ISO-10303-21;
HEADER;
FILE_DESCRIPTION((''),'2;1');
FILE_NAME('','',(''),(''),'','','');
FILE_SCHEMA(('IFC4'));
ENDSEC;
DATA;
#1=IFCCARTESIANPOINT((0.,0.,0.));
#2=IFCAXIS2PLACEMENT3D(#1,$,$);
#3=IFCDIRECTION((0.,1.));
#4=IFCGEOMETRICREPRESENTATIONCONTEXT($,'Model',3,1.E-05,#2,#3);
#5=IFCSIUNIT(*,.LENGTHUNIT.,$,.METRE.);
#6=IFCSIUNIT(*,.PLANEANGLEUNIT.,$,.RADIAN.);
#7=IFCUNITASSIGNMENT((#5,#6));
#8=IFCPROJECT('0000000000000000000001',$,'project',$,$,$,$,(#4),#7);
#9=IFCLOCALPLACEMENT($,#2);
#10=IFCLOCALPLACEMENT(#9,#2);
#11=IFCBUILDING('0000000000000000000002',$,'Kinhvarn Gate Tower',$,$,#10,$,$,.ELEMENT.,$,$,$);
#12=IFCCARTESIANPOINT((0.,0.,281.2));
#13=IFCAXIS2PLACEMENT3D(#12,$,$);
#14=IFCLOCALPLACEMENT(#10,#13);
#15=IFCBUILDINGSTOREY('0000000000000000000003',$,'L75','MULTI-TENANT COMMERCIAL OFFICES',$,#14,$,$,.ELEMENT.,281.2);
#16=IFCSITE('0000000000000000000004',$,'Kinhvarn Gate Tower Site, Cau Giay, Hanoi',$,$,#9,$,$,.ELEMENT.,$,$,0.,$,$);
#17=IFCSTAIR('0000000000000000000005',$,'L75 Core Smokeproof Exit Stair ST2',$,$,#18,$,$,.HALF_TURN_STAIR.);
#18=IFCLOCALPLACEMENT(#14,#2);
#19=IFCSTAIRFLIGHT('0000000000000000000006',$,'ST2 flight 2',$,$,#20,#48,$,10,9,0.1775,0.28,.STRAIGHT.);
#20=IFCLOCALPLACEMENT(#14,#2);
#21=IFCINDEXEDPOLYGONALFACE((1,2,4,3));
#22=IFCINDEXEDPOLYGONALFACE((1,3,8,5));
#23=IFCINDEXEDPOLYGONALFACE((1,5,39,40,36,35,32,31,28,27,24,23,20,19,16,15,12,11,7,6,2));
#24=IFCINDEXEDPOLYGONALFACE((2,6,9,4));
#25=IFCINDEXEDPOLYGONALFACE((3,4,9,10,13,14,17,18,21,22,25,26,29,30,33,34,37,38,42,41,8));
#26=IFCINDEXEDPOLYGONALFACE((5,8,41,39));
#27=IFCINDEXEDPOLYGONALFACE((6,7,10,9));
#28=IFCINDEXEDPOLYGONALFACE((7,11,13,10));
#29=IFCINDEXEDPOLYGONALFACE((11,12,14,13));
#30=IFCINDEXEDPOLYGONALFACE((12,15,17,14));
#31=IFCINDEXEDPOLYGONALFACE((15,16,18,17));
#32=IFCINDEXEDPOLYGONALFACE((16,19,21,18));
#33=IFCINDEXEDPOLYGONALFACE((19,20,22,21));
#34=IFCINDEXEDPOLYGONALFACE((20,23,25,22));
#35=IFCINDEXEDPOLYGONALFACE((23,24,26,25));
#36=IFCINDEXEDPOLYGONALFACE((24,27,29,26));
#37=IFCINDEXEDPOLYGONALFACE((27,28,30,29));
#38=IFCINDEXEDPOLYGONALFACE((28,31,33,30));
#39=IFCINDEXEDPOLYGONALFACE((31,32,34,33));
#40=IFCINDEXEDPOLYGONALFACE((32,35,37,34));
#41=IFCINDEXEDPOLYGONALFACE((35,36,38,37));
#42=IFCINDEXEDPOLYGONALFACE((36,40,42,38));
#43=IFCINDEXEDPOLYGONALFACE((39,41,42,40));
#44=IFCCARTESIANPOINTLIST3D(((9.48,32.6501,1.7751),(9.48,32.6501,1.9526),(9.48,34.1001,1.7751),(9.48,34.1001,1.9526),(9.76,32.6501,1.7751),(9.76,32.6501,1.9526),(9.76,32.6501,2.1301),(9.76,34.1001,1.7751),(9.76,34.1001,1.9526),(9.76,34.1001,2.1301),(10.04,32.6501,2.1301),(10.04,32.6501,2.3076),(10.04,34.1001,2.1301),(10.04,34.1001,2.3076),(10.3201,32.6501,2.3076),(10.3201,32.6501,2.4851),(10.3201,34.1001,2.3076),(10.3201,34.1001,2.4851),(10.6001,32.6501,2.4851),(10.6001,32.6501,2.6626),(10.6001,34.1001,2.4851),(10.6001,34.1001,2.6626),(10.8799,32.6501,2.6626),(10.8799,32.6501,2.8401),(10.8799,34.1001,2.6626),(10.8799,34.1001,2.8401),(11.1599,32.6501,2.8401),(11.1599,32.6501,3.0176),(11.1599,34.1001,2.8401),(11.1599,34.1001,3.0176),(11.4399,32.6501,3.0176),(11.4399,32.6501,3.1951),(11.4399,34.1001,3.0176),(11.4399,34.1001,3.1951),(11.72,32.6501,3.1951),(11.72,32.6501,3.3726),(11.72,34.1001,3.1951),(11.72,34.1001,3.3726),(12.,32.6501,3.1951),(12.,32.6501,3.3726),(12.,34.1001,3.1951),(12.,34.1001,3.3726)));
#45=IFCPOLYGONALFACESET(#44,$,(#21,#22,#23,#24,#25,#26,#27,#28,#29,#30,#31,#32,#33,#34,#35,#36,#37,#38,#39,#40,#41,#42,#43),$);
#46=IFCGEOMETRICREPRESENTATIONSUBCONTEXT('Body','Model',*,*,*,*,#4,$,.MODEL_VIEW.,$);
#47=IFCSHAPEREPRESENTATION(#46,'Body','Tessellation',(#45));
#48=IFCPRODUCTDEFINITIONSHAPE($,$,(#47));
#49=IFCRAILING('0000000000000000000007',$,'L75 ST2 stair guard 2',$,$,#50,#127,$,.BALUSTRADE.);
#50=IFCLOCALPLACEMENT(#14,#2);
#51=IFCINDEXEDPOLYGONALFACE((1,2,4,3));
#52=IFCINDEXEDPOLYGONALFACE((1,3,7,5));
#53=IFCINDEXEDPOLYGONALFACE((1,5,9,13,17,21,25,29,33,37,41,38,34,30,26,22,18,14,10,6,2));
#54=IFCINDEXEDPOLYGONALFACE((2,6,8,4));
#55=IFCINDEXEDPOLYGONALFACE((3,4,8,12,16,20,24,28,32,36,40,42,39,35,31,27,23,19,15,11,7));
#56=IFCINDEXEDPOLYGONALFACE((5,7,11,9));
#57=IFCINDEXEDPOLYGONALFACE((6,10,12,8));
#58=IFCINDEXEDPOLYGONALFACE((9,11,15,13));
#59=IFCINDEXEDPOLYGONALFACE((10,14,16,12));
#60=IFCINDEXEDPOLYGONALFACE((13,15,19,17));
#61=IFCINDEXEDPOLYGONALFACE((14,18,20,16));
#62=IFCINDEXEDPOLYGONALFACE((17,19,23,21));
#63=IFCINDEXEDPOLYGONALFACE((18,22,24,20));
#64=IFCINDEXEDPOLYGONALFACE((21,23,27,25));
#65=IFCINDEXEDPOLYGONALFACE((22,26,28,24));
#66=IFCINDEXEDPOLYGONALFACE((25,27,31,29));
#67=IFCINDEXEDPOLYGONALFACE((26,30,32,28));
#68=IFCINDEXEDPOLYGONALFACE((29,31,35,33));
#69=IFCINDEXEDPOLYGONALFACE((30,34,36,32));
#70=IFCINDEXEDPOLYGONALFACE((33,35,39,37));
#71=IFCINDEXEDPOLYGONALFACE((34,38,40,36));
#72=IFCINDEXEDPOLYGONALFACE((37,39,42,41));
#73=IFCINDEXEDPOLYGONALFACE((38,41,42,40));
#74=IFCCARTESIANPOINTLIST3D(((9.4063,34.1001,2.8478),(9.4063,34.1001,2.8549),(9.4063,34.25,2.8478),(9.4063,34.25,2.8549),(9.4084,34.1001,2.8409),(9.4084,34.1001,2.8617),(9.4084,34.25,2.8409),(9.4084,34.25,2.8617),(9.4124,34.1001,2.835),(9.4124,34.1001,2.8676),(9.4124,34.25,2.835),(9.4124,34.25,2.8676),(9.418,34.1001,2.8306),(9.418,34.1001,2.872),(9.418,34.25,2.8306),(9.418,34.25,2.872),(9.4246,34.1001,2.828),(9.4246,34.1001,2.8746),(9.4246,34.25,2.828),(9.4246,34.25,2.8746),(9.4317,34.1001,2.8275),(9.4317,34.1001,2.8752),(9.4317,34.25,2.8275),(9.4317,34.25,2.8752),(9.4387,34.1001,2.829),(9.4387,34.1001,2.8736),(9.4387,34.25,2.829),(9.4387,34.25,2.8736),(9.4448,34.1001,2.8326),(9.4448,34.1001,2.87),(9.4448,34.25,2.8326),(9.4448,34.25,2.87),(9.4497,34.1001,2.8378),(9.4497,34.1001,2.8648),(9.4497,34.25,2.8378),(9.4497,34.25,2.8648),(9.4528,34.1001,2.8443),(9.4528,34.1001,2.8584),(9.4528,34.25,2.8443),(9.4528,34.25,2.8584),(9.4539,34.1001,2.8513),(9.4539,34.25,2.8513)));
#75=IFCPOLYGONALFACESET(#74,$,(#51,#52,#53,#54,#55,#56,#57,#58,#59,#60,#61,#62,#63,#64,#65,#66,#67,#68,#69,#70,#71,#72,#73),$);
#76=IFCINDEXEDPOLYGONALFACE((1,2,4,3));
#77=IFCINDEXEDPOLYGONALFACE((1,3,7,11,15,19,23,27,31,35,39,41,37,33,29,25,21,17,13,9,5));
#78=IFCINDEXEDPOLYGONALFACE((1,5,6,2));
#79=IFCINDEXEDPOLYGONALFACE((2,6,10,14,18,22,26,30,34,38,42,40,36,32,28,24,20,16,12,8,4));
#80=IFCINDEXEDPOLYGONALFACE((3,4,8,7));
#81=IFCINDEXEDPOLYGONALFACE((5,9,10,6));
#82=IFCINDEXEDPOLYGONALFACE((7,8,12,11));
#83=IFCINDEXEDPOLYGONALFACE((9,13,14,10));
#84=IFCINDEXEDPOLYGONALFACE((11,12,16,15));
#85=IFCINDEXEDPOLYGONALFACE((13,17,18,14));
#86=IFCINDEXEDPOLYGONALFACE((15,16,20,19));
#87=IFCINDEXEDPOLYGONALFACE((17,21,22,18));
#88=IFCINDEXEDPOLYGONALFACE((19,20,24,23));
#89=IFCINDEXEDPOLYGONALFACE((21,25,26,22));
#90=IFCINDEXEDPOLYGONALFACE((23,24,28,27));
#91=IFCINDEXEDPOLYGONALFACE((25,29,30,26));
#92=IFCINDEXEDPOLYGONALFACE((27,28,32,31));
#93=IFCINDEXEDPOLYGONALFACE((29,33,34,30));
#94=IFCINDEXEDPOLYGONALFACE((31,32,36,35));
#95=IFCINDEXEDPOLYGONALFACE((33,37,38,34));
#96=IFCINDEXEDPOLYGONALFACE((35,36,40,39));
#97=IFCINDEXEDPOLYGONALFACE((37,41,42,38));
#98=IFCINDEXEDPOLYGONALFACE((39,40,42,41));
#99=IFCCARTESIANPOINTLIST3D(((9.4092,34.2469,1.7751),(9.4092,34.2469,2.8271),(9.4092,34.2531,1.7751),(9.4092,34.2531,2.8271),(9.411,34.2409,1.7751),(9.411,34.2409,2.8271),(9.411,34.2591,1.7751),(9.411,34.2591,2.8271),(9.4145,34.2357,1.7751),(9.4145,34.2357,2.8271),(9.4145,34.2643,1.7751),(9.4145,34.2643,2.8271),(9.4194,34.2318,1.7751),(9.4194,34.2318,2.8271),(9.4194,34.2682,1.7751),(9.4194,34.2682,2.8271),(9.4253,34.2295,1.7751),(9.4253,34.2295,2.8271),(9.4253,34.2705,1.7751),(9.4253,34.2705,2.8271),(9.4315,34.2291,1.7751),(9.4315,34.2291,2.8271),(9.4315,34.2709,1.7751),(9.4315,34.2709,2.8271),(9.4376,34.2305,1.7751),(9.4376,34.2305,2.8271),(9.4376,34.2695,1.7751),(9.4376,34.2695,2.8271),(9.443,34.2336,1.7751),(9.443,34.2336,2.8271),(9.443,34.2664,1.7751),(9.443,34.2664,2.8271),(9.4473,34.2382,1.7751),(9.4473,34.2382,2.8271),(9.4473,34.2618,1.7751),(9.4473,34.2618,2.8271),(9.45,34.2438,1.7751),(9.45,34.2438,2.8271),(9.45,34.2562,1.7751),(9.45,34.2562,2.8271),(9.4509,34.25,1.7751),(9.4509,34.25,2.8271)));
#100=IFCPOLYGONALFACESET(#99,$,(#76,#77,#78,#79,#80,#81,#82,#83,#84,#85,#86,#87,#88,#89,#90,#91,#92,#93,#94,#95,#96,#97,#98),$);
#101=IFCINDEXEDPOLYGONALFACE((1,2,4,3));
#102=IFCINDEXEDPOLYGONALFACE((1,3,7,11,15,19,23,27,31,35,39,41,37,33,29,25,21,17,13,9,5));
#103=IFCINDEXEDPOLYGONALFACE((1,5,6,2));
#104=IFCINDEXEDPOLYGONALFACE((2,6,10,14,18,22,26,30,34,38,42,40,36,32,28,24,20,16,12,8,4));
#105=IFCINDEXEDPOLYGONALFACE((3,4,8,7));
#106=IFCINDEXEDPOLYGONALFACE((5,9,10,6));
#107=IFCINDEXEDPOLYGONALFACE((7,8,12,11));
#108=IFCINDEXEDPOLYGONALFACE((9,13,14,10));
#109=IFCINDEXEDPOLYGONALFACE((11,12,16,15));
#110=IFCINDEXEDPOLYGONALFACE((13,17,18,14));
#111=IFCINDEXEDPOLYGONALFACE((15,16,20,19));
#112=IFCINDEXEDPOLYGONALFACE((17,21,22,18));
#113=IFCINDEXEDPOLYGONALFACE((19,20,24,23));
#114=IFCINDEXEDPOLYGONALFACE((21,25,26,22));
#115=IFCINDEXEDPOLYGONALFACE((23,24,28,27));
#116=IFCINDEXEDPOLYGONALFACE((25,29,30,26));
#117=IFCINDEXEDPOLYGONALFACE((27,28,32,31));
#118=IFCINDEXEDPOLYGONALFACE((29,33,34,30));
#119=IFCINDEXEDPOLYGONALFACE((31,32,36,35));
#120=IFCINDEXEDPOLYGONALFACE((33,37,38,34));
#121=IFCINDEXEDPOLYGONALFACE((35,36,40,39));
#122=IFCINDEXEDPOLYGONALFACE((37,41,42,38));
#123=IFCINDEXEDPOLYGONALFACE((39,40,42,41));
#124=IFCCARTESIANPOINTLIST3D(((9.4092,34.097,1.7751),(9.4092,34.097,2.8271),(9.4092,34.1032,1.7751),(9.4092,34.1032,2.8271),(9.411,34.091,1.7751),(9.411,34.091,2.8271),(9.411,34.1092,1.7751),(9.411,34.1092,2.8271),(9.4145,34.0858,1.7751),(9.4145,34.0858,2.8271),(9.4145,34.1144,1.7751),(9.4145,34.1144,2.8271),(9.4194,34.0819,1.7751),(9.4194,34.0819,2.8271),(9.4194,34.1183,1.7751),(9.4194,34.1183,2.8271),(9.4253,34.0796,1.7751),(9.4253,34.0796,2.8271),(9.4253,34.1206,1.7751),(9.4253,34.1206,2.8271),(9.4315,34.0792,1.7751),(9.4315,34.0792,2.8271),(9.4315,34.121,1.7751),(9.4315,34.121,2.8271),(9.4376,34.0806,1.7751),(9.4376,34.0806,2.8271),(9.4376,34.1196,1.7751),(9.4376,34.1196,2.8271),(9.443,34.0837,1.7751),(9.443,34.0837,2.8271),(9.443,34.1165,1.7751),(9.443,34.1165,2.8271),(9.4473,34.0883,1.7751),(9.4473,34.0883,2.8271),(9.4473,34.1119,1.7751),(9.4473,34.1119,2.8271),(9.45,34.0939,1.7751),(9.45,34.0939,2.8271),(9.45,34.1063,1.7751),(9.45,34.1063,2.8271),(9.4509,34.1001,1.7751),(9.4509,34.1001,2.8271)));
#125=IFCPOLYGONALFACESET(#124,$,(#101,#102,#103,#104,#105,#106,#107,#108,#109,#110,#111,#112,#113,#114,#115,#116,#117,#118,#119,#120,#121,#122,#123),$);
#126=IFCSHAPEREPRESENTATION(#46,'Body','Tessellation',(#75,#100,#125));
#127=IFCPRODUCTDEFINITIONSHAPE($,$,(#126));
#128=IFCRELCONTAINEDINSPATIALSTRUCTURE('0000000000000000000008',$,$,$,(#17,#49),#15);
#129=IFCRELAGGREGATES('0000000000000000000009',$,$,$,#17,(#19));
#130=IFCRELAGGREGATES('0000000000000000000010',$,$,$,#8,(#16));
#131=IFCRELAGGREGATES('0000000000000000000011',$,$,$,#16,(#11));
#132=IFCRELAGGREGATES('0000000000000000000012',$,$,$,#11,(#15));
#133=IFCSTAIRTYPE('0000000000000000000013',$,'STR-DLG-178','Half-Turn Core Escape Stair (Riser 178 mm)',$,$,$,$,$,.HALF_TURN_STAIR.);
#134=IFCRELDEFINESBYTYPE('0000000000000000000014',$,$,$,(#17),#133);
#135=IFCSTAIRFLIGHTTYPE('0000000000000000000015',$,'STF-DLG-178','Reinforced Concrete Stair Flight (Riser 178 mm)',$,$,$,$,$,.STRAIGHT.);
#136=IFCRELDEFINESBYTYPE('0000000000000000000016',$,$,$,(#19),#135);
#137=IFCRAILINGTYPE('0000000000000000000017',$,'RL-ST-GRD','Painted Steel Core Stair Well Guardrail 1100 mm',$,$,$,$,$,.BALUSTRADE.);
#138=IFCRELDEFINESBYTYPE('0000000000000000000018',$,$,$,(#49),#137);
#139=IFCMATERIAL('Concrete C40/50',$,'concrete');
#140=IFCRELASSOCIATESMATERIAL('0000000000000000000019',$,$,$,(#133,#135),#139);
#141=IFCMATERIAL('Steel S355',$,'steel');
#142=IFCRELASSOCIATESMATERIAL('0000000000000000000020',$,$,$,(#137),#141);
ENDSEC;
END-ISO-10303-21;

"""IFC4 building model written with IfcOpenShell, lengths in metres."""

from ifc_helpers import new_model, si_unit, direction, frame, origin, origin_2d, place, context, subcontext, project, spatial, polyline, circle, outline, extrude, material, type_object, element, aggregate, save


model = new_model("IFC4")

# Units and contexts
model_context = context("Model", 3, precision=1e-05, world=origin(), true_north=direction((0.0, 1.0)))
body_context = subcontext(model_context, "Body", "Model", "MODEL_VIEW")
ifc_project = project(units=[si_unit("LENGTHUNIT", "METRE"), si_unit("PLANEANGLEUNIT", "RADIAN")], contexts=[model_context])

# Site, building, storey
site_placement = place(None, origin())
site = spatial("IfcSite", under=ifc_project, at=site_placement, Name="Kinhvarn Gate Tower Site, Cau Giay, Hanoi", CompositionType="ELEMENT", RefElevation=0.0)
building_placement = place(site_placement, origin())
building = spatial("IfcBuilding", under=site, at=building_placement, Name="Kinhvarn Gate Tower", CompositionType="ELEMENT")
storey_placement = place(building_placement, frame((0.0, 0.0, 281.2)))
storey = spatial("IfcBuildingStorey", under=building, at=storey_placement, Name="L75", Description="MULTI-TENANT COMMERCIAL OFFICES", CompositionType="ELEMENT", Elevation=281.2)

# Shared definitions
ifc_material_1 = material(Name="Concrete C40/50", Category="concrete")

# Stair, stair flight
stair_type = type_object("IfcStairType", Name="STR-DLG-178", Description="Half-Turn Core Escape Stair (Riser 178 mm)", PredefinedType="HALF_TURN_STAIR", material=ifc_material_1)
stair_placement = place(storey_placement, origin())
stair = element("IfcStair", 1, at=stair_placement, inside=storey, type_object=stair_type, Name="L75 Core Smokeproof Exit Stair ST2", PredefinedType="HALF_TURN_STAIR")
stair_flight_type = type_object("IfcStairFlightType", Name="STF-DLG-178", Description="Reinforced Concrete Stair Flight (Riser 178 mm)", PredefinedType="STRAIGHT", material=ifc_material_1)
stair_flight_placement = place(storey_placement, frame((9.48, 33.375, 1.7751), z_axis=(0.0, 0.0, 1.0), x_axis=(1.0, 0.0, 0.0)))
stair_flight = element("IfcStairFlight", 2, at=stair_flight_placement, type_object=stair_flight_type, Name="ST2 flight 2", NumberOfRisers=10, NumberOfTreads=9, PredefinedType="STRAIGHT", RiserHeight=0.1775, TreadLength=0.28, context=body_context, shape_type="SweptSolid", body=[
    extrude(outline(polyline([(0.0, 0.0), (0.0, 0.1775), (0.28, 0.1775), (0.28, 0.355), (0.5601, 0.355), (0.5601, 0.5325), (0.8401, 0.5325), (0.8401, 0.71), (1.1201, 0.71), (1.1201, 0.8875), (1.3999, 0.8875), (1.3999, 1.0649), (1.6799, 1.0649), (1.6799, 1.2424), (1.96, 1.2424), (1.96, 1.4199), (2.24, 1.4199), (2.24, 1.5974), (2.52, 1.5974), (2.52, 1.7749), (2.52, 1.4199), (0.28, 0.0), (0.0, 0.0)])), frame((0.0, 0.7251, 0.0), z_axis=(0.0, -1.0, 0.0), x_axis=(1.0, 0.0, 0.0)), (0.0, 0.0, 1.0), 1.45),
])
aggregate(stair, [stair_flight])

# Railing
ifc_material_2 = material(Name="Steel S355", Category="steel")
railing_type_1 = type_object("IfcRailingType", Name="RL-ST-GRD", Description="Painted Steel Core Stair Well Guardrail 1100 mm", PredefinedType="BALUSTRADE", material=ifc_material_2)
railing_1_placement = place(storey_placement, frame((9.4299, 34.25, 1.7751)))
element("IfcRailing", 3, at=railing_1_placement, inside=storey, type_object=railing_type_1, Name="L75 ST2 stair guard 2", PredefinedType="BALUSTRADE", context=body_context, shape_type="SweptSolid", body=[
    extrude(circle(Radius=0.0239, at=origin_2d()), frame((0.0, 0.0, 1.0762), z_axis=(0.0, -1.0, 0.0), x_axis=(1.0, 0.0, 0.0)), (0.0, 0.0, 1.0), 0.1499),
    extrude(circle(Radius=0.021, at=origin_2d()), origin(), (0.0, 0.0, 1.0), 1.052),
    extrude(circle(Radius=0.021, at=origin_2d()), frame((0.0, -0.1499, 0.0)), (0.0, 0.0, 1.0), 1.052),
])

save(model, "model.ifc")
